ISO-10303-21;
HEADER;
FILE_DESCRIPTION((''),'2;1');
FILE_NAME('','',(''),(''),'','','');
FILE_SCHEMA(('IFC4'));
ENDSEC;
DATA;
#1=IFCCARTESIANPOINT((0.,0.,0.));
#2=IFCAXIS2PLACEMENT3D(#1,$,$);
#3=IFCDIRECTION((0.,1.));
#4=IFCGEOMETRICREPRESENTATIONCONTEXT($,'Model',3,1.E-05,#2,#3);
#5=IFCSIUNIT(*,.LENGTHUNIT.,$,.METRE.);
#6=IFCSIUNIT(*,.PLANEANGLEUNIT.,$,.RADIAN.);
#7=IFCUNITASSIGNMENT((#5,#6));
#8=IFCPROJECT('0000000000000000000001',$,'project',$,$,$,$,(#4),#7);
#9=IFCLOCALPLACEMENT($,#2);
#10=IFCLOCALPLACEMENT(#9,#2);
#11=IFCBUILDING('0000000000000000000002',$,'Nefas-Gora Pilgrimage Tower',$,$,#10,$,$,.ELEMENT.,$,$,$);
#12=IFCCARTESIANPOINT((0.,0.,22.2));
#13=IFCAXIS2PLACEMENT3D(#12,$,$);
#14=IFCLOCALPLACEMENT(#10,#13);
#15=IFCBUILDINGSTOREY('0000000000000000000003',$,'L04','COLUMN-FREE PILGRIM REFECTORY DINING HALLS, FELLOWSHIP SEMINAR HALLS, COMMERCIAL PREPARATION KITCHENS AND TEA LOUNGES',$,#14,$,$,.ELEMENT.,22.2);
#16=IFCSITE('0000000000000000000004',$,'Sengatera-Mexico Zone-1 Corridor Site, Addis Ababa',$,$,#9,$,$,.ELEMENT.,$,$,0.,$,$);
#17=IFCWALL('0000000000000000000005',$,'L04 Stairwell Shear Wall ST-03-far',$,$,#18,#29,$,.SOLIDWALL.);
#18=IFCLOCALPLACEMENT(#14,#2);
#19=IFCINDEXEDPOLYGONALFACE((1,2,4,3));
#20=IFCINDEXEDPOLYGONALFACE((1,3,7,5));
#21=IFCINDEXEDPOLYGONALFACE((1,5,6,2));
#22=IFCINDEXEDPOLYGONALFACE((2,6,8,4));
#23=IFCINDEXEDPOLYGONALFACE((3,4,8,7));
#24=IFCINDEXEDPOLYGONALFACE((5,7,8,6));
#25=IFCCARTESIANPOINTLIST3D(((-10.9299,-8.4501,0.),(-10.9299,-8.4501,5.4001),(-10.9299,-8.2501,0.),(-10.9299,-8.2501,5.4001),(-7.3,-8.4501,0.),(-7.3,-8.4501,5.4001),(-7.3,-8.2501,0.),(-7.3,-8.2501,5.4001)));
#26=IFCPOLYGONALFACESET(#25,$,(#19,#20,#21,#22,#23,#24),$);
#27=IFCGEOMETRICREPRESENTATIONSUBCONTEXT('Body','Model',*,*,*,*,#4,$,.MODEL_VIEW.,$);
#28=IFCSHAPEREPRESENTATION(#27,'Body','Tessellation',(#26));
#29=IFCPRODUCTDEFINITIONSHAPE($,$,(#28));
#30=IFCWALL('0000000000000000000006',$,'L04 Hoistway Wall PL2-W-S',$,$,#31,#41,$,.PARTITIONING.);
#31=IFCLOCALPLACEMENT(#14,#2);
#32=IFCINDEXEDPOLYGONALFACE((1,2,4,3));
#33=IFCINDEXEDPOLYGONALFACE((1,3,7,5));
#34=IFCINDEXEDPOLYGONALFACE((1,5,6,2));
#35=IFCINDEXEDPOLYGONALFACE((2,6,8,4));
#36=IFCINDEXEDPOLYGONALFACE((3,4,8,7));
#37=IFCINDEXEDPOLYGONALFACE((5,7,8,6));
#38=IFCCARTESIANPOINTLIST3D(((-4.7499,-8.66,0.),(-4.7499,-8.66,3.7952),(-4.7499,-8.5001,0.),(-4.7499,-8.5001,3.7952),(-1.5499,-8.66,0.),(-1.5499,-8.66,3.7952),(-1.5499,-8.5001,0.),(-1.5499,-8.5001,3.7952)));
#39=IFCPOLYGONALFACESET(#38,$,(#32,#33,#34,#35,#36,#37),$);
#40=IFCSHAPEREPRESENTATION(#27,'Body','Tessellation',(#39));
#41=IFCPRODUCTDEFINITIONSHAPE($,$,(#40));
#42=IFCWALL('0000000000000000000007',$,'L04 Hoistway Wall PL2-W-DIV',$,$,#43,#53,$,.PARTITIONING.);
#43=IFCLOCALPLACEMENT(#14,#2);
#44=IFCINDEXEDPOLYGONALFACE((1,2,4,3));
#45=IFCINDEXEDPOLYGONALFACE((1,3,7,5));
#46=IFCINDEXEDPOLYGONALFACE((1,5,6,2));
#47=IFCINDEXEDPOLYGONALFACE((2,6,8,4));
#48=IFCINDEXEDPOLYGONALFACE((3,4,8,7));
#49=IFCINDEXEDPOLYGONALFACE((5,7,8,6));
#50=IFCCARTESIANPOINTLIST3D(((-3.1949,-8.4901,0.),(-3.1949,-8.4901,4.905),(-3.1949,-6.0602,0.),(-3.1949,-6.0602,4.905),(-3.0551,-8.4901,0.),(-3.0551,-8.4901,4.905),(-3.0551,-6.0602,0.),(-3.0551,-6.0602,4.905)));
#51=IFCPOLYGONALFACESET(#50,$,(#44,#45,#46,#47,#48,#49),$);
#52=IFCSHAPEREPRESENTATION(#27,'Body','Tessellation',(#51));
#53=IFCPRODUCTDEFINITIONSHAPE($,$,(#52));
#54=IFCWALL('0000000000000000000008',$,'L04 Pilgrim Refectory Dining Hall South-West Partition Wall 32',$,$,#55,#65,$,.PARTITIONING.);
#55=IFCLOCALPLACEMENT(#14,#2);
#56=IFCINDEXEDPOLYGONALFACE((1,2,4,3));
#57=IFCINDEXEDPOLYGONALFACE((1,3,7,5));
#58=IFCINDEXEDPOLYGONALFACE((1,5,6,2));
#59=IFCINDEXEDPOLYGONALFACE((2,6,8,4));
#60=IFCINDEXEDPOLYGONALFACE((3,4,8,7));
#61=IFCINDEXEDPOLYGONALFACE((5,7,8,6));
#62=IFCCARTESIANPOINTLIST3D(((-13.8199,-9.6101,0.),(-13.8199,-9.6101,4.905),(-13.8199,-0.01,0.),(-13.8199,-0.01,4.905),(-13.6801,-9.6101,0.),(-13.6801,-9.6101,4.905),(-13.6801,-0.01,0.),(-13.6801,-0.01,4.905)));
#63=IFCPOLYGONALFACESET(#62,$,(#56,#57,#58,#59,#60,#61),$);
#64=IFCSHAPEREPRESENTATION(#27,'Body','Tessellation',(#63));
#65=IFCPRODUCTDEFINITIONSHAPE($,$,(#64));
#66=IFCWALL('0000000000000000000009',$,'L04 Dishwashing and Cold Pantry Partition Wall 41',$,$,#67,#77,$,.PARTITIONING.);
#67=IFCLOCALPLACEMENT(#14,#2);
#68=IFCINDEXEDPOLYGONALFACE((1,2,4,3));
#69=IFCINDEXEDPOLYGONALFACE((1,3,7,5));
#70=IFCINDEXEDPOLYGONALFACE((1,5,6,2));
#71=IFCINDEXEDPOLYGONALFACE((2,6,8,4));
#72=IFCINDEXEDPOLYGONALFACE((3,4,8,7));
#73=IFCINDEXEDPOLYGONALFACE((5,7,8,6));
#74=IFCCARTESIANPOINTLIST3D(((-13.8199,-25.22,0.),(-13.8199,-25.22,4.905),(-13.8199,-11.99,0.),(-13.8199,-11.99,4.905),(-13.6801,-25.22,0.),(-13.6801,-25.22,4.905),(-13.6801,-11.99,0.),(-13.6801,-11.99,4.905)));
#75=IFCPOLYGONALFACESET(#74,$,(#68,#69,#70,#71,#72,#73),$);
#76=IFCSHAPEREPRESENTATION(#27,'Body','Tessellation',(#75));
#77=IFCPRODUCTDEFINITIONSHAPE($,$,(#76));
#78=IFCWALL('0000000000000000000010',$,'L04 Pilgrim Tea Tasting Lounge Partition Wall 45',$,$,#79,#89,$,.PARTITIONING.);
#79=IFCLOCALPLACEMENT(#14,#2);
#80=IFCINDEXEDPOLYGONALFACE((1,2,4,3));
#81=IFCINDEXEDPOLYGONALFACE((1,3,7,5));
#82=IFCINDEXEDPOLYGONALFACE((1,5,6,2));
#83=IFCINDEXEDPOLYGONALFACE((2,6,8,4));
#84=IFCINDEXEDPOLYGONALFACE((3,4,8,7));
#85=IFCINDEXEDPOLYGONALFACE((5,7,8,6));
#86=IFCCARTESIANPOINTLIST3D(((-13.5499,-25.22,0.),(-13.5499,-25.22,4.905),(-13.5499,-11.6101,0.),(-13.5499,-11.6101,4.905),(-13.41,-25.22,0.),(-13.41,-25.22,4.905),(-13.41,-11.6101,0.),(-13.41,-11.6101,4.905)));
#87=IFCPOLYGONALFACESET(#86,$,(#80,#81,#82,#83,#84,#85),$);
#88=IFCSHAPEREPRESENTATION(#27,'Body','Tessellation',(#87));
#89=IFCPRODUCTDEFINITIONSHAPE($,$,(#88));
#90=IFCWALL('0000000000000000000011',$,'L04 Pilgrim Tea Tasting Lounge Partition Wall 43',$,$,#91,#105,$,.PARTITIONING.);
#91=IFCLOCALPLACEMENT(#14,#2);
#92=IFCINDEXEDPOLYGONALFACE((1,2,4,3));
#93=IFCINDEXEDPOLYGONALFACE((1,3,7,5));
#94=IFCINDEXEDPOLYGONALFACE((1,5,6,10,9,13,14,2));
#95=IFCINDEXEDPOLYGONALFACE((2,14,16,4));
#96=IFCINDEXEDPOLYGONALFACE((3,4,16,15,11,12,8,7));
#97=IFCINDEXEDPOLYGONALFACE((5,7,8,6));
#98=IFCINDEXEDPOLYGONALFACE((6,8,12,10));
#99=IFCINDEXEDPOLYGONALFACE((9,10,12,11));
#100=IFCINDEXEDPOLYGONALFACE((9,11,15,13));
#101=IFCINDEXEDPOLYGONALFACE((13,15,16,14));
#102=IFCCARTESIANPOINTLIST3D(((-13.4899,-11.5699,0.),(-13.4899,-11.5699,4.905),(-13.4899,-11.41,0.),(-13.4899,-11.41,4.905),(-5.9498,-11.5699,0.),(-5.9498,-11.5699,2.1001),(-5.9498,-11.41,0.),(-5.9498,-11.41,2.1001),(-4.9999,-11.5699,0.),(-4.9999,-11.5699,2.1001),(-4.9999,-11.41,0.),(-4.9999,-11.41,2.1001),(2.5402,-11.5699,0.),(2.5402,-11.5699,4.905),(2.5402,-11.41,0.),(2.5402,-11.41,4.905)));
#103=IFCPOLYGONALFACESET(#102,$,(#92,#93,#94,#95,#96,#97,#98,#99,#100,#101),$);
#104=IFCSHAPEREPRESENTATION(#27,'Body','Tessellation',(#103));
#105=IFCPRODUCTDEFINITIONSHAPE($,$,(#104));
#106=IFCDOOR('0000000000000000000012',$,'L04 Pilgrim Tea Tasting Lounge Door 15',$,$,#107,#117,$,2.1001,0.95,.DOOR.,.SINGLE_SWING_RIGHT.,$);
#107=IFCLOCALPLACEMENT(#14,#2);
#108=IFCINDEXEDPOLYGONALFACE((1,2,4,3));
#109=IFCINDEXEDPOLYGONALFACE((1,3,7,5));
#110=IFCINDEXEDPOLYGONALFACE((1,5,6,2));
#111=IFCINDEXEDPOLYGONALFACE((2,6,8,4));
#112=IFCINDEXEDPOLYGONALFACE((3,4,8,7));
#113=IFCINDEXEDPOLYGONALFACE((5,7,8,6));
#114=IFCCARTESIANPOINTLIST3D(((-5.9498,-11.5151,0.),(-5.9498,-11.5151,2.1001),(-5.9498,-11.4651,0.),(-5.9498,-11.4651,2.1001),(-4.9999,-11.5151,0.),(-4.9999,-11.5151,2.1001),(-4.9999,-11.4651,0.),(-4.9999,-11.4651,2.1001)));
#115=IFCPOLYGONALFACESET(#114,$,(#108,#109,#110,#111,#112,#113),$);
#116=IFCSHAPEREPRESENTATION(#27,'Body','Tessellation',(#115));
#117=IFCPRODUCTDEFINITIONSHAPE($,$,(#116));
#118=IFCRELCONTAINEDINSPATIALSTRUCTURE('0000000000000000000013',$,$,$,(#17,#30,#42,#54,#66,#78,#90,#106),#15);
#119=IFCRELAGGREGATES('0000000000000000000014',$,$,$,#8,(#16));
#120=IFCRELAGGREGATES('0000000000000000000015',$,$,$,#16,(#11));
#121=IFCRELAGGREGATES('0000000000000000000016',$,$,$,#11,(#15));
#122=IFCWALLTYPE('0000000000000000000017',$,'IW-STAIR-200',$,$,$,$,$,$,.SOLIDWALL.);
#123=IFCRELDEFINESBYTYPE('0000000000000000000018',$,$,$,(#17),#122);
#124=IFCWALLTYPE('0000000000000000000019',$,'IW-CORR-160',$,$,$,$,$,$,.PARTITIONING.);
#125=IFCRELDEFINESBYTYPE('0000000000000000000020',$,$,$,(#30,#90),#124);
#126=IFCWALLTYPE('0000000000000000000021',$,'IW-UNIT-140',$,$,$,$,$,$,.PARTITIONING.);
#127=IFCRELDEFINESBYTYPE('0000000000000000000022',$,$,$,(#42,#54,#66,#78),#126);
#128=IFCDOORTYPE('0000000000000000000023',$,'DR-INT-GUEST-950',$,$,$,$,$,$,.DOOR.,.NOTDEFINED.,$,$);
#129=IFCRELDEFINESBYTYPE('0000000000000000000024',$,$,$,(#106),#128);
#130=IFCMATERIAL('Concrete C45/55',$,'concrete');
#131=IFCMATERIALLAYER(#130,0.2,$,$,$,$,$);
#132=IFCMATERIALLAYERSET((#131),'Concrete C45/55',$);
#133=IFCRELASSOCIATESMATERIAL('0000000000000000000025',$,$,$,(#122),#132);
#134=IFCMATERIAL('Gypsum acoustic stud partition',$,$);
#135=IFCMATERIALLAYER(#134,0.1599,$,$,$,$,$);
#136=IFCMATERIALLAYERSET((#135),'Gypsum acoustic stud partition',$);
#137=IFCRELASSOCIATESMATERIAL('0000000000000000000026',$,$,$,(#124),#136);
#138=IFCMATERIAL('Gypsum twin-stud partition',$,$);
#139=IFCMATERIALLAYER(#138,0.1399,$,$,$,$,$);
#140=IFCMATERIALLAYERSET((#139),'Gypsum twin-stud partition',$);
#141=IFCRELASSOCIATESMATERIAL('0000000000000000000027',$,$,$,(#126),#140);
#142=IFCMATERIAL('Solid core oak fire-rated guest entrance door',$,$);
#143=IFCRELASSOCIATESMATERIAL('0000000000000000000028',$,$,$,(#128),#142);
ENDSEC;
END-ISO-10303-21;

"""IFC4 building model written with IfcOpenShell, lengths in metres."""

from ifc_helpers import new_model, si_unit, direction, frame, frame_2d, origin, place, context, subcontext, project, spatial, rectangle, extrude, source, transform, mapped, material, layer, layer_set, type_object, element, fill, save


model = new_model("IFC4")

# Units and contexts
model_context = context("Model", 3, precision=1e-05, world=origin(), true_north=direction((0.0, 1.0)))
body_context = subcontext(model_context, "Body", "Model", "MODEL_VIEW")
ifc_project = project(units=[si_unit("LENGTHUNIT", "METRE"), si_unit("PLANEANGLEUNIT", "RADIAN")], contexts=[model_context])

# Site, building, storey
site_placement = place(None, origin())
site = spatial("IfcSite", under=ifc_project, at=site_placement, Name="Sengatera-Mexico Zone-1 Corridor Site, Addis Ababa", CompositionType="ELEMENT", RefElevation=0.0)
building_placement = place(site_placement, origin())
building = spatial("IfcBuilding", under=site, at=building_placement, Name="Nefas-Gora Pilgrimage Tower", CompositionType="ELEMENT")
storey_placement = place(building_placement, frame((0.0, 0.0, 22.2)))
storey = spatial("IfcBuildingStorey", under=building, at=storey_placement, Name="L04", Description="COLUMN-FREE PILGRIM REFECTORY DINING HALLS, FELLOWSHIP SEMINAR HALLS, COMMERCIAL PREPARATION KITCHENS AND TEA LOUNGES", CompositionType="ELEMENT", Elevation=22.2)

# Walls
ifc_material_1 = material(Name="Concrete C45/55", Category="concrete")
ifc_layer_1 = layer(ifc_material_1, 0.2)
ifc_layer_set_1 = layer_set([ifc_layer_1], Name="Concrete C45/55")
wall_type_1 = type_object("IfcWallType", Name="IW-STAIR-200", PredefinedType="SOLIDWALL", material=ifc_layer_set_1)
shared_shape_1 = source(origin(), body_context, "Body", "SweptSolid", [
    extrude(rectangle(XDim=3.6299, YDim=0.2, at=frame_2d((1.8149, 0.0))), origin(), (0.0, 0.0, 1.0), 5.4001),
])
wall_1_placement = place(storey_placement, frame((-10.9299, -8.3501, 0.0), z_axis=(0.0, 0.0, 1.0), x_axis=(1.0, 0.0, 0.0)))
element("IfcWall", 1, at=wall_1_placement, inside=storey, type_object=wall_type_1, Name="L04 Stairwell Shear Wall ST-03-far", PredefinedType="SOLIDWALL", context=body_context, shape_type="MappedRepresentation", body=[
    mapped(shared_shape_1, transform((0.0, 0.0, 0.0), x_axis=(1.0, 0.0, 0.0), y_axis=(0.0, 1.0, 0.0), z_axis=(0.0, 0.0, 1.0), scale=1.0)),
])
ifc_material_2 = material(Name="Gypsum acoustic stud partition")
ifc_layer_2 = layer(ifc_material_2, 0.1599)
ifc_layer_set_2 = layer_set([ifc_layer_2], Name="Gypsum acoustic stud partition")
wall_type_2 = type_object("IfcWallType", Name="IW-CORR-160", PredefinedType="PARTITIONING", material=ifc_layer_set_2)
shared_shape_2 = source(origin(), body_context, "Body", "SweptSolid", [
    extrude(rectangle(XDim=3.2, YDim=0.1599, at=frame_2d((1.6001, 0.0))), origin(), (0.0, 0.0, 1.0), 3.7952),
])
wall_2_placement = place(storey_placement, frame((-4.75, -8.5801, 0.0), z_axis=(0.0, 0.0, 1.0), x_axis=(1.0, 0.0, 0.0)))
element("IfcWall", 2, at=wall_2_placement, inside=storey, type_object=wall_type_2, Name="L04 Hoistway Wall PL2-W-S", PredefinedType="PARTITIONING", context=body_context, shape_type="MappedRepresentation", body=[
    mapped(shared_shape_2, transform((0.0, 0.0, 0.0), x_axis=(1.0, 0.0, 0.0), y_axis=(0.0, 1.0, 0.0), z_axis=(0.0, 0.0, 1.0), scale=1.0)),
])
ifc_material_3 = material(Name="Gypsum twin-stud partition")
ifc_layer_3 = layer(ifc_material_3, 0.1399)
ifc_layer_set_3 = layer_set([ifc_layer_3], Name="Gypsum twin-stud partition")
wall_type_3 = type_object("IfcWallType", Name="IW-UNIT-140", PredefinedType="PARTITIONING", material=ifc_layer_set_3)
shared_shape_3 = source(origin(), body_context, "Body", "SweptSolid", [
    extrude(rectangle(XDim=2.4299, YDim=0.1399, at=frame_2d((1.2148, 0.0))), origin(), (0.0, 0.0, 1.0), 4.905),
])
wall_3_placement = place(storey_placement, frame((-3.125, -8.49, 0.0), z_axis=(0.0, 0.0, 1.0), x_axis=(0.0, 1.0, 0.0)))
element("IfcWall", 3, at=wall_3_placement, inside=storey, type_object=wall_type_3, Name="L04 Hoistway Wall PL2-W-DIV", PredefinedType="PARTITIONING", context=body_context, shape_type="MappedRepresentation", body=[
    mapped(shared_shape_3, transform((0.0, 0.0, 0.0), x_axis=(1.0, 0.0, 0.0), y_axis=(0.0, 1.0, 0.0), z_axis=(0.0, 0.0, 1.0), scale=1.0)),
])
shared_shape_4 = source(origin(), body_context, "Body", "SweptSolid", [
    extrude(rectangle(XDim=9.6001, YDim=0.1399, at=frame_2d((4.8, 0.0))), origin(), (0.0, 0.0, 1.0), 4.905),
])
wall_4_placement = place(storey_placement, frame((-13.75, -9.6101, 0.0), z_axis=(0.0, 0.0, 1.0), x_axis=(0.0, 1.0, 0.0)))
element("IfcWall", 4, at=wall_4_placement, inside=storey, type_object=wall_type_3, Name="L04 Pilgrim Refectory Dining Hall South-West Partition Wall 32", PredefinedType="PARTITIONING", context=body_context, shape_type="MappedRepresentation", body=[
    mapped(shared_shape_4, transform((0.0, 0.0, 0.0), x_axis=(1.0, 0.0, 0.0), y_axis=(0.0, 1.0, 0.0), z_axis=(0.0, 0.0, 1.0), scale=1.0)),
])
shared_shape_5 = source(origin(), body_context, "Body", "SweptSolid", [
    extrude(rectangle(XDim=13.23, YDim=0.1399, at=frame_2d((6.615, 0.0))), origin(), (0.0, 0.0, 1.0), 4.905),
])
wall_5_placement = place(storey_placement, frame((-13.75, -25.22, 0.0), z_axis=(0.0, 0.0, 1.0), x_axis=(0.0, 1.0, 0.0)))
element("IfcWall", 5, at=wall_5_placement, inside=storey, type_object=wall_type_3, Name="L04 Dishwashing and Cold Pantry Partition Wall 41", PredefinedType="PARTITIONING", context=body_context, shape_type="MappedRepresentation", body=[
    mapped(shared_shape_5, transform((0.0, 0.0, 0.0), x_axis=(1.0, 0.0, 0.0), y_axis=(0.0, 1.0, 0.0), z_axis=(0.0, 0.0, 1.0), scale=1.0)),
])
shared_shape_6 = source(origin(), body_context, "Body", "SweptSolid", [
    extrude(rectangle(XDim=13.6099, YDim=0.1399, at=frame_2d((6.8049, 0.0))), origin(), (0.0, 0.0, 1.0), 4.905),
])
wall_6_placement = place(storey_placement, frame((-13.48, -25.22, 0.0), z_axis=(0.0, 0.0, 1.0), x_axis=(0.0, 1.0, 0.0)))
element("IfcWall", 6, at=wall_6_placement, inside=storey, type_object=wall_type_3, Name="L04 Pilgrim Tea Tasting Lounge Partition Wall 45", PredefinedType="PARTITIONING", context=body_context, shape_type="MappedRepresentation", body=[
    mapped(shared_shape_6, transform((0.0, 0.0, 0.0), x_axis=(1.0, 0.0, 0.0), y_axis=(0.0, 1.0, 0.0), z_axis=(0.0, 0.0, 1.0), scale=1.0)),
])

# Wall, opening, door
shared_shape_7 = source(origin(), body_context, "Body", "SweptSolid", [
    extrude(rectangle(XDim=16.03, YDim=0.1599, at=frame_2d((8.0151, 0.0))), origin(), (0.0, 0.0, 1.0), 4.905),
])
wall_7_placement = place(storey_placement, frame((-13.49, -11.49, 0.0), z_axis=(0.0, 0.0, 1.0), x_axis=(1.0, 0.0, 0.0)))
wall_7 = element("IfcWall", 7, at=wall_7_placement, inside=storey, type_object=wall_type_2, Name="L04 Pilgrim Tea Tasting Lounge Partition Wall 43", PredefinedType="PARTITIONING", context=body_context, shape_type="MappedRepresentation", body=[
    mapped(shared_shape_7, transform((0.0, 0.0, 0.0), x_axis=(1.0, 0.0, 0.0), y_axis=(0.0, 1.0, 0.0), z_axis=(0.0, 0.0, 1.0), scale=1.0)),
])
opening_placement = place(wall_7_placement, frame((7.54, 0.0, 0.0)))
opening = element("IfcOpeningElement", 8, at=opening_placement, cuts=wall_7, PredefinedType="OPENING", context=body_context, shape_type="SweptSolid", body=[
    extrude(rectangle(XDim=0.95, YDim=2.1001, at=frame_2d((0.4751, 1.05))), frame((0.0, 0.0898, 0.0), z_axis=(0.0, -1.0, 0.0), x_axis=(1.0, 0.0, 0.0)), (0.0, 0.0, 1.0), 0.1799),
])
ifc_material_4 = material(Name="Solid core oak fire-rated guest entrance door")
door_type = type_object("IfcDoorType", Name="DR-INT-GUEST-950", OperationType="NOTDEFINED", PredefinedType="DOOR", material=ifc_material_4)
shared_shape_8 = source(origin(), body_context, "Body", "SweptSolid", [
    extrude(rectangle(XDim=0.95, YDim=2.1001, at=frame_2d((0.4751, 1.05))), frame((0.0, 0.0249, 0.0), z_axis=(0.0, -1.0, 0.0), x_axis=(1.0, 0.0, 0.0)), (0.0, 0.0, 1.0), 0.05),
])
door_placement = place(opening_placement, origin())
door = element("IfcDoor", 9, at=door_placement, inside=storey, type_object=door_type, Name="L04 Pilgrim Tea Tasting Lounge Door 15", OperationType="SINGLE_SWING_RIGHT", OverallHeight=2.1001, OverallWidth=0.95, PredefinedType="DOOR", context=body_context, shape_type="MappedRepresentation", body=[
    mapped(shared_shape_8, transform((0.0, 0.0, 0.0), x_axis=(1.0, 0.0, 0.0), y_axis=(0.0, 1.0, 0.0), z_axis=(0.0, 0.0, 1.0), scale=1.0)),
])
fill(opening, door)

save(model, "model.ifc")
